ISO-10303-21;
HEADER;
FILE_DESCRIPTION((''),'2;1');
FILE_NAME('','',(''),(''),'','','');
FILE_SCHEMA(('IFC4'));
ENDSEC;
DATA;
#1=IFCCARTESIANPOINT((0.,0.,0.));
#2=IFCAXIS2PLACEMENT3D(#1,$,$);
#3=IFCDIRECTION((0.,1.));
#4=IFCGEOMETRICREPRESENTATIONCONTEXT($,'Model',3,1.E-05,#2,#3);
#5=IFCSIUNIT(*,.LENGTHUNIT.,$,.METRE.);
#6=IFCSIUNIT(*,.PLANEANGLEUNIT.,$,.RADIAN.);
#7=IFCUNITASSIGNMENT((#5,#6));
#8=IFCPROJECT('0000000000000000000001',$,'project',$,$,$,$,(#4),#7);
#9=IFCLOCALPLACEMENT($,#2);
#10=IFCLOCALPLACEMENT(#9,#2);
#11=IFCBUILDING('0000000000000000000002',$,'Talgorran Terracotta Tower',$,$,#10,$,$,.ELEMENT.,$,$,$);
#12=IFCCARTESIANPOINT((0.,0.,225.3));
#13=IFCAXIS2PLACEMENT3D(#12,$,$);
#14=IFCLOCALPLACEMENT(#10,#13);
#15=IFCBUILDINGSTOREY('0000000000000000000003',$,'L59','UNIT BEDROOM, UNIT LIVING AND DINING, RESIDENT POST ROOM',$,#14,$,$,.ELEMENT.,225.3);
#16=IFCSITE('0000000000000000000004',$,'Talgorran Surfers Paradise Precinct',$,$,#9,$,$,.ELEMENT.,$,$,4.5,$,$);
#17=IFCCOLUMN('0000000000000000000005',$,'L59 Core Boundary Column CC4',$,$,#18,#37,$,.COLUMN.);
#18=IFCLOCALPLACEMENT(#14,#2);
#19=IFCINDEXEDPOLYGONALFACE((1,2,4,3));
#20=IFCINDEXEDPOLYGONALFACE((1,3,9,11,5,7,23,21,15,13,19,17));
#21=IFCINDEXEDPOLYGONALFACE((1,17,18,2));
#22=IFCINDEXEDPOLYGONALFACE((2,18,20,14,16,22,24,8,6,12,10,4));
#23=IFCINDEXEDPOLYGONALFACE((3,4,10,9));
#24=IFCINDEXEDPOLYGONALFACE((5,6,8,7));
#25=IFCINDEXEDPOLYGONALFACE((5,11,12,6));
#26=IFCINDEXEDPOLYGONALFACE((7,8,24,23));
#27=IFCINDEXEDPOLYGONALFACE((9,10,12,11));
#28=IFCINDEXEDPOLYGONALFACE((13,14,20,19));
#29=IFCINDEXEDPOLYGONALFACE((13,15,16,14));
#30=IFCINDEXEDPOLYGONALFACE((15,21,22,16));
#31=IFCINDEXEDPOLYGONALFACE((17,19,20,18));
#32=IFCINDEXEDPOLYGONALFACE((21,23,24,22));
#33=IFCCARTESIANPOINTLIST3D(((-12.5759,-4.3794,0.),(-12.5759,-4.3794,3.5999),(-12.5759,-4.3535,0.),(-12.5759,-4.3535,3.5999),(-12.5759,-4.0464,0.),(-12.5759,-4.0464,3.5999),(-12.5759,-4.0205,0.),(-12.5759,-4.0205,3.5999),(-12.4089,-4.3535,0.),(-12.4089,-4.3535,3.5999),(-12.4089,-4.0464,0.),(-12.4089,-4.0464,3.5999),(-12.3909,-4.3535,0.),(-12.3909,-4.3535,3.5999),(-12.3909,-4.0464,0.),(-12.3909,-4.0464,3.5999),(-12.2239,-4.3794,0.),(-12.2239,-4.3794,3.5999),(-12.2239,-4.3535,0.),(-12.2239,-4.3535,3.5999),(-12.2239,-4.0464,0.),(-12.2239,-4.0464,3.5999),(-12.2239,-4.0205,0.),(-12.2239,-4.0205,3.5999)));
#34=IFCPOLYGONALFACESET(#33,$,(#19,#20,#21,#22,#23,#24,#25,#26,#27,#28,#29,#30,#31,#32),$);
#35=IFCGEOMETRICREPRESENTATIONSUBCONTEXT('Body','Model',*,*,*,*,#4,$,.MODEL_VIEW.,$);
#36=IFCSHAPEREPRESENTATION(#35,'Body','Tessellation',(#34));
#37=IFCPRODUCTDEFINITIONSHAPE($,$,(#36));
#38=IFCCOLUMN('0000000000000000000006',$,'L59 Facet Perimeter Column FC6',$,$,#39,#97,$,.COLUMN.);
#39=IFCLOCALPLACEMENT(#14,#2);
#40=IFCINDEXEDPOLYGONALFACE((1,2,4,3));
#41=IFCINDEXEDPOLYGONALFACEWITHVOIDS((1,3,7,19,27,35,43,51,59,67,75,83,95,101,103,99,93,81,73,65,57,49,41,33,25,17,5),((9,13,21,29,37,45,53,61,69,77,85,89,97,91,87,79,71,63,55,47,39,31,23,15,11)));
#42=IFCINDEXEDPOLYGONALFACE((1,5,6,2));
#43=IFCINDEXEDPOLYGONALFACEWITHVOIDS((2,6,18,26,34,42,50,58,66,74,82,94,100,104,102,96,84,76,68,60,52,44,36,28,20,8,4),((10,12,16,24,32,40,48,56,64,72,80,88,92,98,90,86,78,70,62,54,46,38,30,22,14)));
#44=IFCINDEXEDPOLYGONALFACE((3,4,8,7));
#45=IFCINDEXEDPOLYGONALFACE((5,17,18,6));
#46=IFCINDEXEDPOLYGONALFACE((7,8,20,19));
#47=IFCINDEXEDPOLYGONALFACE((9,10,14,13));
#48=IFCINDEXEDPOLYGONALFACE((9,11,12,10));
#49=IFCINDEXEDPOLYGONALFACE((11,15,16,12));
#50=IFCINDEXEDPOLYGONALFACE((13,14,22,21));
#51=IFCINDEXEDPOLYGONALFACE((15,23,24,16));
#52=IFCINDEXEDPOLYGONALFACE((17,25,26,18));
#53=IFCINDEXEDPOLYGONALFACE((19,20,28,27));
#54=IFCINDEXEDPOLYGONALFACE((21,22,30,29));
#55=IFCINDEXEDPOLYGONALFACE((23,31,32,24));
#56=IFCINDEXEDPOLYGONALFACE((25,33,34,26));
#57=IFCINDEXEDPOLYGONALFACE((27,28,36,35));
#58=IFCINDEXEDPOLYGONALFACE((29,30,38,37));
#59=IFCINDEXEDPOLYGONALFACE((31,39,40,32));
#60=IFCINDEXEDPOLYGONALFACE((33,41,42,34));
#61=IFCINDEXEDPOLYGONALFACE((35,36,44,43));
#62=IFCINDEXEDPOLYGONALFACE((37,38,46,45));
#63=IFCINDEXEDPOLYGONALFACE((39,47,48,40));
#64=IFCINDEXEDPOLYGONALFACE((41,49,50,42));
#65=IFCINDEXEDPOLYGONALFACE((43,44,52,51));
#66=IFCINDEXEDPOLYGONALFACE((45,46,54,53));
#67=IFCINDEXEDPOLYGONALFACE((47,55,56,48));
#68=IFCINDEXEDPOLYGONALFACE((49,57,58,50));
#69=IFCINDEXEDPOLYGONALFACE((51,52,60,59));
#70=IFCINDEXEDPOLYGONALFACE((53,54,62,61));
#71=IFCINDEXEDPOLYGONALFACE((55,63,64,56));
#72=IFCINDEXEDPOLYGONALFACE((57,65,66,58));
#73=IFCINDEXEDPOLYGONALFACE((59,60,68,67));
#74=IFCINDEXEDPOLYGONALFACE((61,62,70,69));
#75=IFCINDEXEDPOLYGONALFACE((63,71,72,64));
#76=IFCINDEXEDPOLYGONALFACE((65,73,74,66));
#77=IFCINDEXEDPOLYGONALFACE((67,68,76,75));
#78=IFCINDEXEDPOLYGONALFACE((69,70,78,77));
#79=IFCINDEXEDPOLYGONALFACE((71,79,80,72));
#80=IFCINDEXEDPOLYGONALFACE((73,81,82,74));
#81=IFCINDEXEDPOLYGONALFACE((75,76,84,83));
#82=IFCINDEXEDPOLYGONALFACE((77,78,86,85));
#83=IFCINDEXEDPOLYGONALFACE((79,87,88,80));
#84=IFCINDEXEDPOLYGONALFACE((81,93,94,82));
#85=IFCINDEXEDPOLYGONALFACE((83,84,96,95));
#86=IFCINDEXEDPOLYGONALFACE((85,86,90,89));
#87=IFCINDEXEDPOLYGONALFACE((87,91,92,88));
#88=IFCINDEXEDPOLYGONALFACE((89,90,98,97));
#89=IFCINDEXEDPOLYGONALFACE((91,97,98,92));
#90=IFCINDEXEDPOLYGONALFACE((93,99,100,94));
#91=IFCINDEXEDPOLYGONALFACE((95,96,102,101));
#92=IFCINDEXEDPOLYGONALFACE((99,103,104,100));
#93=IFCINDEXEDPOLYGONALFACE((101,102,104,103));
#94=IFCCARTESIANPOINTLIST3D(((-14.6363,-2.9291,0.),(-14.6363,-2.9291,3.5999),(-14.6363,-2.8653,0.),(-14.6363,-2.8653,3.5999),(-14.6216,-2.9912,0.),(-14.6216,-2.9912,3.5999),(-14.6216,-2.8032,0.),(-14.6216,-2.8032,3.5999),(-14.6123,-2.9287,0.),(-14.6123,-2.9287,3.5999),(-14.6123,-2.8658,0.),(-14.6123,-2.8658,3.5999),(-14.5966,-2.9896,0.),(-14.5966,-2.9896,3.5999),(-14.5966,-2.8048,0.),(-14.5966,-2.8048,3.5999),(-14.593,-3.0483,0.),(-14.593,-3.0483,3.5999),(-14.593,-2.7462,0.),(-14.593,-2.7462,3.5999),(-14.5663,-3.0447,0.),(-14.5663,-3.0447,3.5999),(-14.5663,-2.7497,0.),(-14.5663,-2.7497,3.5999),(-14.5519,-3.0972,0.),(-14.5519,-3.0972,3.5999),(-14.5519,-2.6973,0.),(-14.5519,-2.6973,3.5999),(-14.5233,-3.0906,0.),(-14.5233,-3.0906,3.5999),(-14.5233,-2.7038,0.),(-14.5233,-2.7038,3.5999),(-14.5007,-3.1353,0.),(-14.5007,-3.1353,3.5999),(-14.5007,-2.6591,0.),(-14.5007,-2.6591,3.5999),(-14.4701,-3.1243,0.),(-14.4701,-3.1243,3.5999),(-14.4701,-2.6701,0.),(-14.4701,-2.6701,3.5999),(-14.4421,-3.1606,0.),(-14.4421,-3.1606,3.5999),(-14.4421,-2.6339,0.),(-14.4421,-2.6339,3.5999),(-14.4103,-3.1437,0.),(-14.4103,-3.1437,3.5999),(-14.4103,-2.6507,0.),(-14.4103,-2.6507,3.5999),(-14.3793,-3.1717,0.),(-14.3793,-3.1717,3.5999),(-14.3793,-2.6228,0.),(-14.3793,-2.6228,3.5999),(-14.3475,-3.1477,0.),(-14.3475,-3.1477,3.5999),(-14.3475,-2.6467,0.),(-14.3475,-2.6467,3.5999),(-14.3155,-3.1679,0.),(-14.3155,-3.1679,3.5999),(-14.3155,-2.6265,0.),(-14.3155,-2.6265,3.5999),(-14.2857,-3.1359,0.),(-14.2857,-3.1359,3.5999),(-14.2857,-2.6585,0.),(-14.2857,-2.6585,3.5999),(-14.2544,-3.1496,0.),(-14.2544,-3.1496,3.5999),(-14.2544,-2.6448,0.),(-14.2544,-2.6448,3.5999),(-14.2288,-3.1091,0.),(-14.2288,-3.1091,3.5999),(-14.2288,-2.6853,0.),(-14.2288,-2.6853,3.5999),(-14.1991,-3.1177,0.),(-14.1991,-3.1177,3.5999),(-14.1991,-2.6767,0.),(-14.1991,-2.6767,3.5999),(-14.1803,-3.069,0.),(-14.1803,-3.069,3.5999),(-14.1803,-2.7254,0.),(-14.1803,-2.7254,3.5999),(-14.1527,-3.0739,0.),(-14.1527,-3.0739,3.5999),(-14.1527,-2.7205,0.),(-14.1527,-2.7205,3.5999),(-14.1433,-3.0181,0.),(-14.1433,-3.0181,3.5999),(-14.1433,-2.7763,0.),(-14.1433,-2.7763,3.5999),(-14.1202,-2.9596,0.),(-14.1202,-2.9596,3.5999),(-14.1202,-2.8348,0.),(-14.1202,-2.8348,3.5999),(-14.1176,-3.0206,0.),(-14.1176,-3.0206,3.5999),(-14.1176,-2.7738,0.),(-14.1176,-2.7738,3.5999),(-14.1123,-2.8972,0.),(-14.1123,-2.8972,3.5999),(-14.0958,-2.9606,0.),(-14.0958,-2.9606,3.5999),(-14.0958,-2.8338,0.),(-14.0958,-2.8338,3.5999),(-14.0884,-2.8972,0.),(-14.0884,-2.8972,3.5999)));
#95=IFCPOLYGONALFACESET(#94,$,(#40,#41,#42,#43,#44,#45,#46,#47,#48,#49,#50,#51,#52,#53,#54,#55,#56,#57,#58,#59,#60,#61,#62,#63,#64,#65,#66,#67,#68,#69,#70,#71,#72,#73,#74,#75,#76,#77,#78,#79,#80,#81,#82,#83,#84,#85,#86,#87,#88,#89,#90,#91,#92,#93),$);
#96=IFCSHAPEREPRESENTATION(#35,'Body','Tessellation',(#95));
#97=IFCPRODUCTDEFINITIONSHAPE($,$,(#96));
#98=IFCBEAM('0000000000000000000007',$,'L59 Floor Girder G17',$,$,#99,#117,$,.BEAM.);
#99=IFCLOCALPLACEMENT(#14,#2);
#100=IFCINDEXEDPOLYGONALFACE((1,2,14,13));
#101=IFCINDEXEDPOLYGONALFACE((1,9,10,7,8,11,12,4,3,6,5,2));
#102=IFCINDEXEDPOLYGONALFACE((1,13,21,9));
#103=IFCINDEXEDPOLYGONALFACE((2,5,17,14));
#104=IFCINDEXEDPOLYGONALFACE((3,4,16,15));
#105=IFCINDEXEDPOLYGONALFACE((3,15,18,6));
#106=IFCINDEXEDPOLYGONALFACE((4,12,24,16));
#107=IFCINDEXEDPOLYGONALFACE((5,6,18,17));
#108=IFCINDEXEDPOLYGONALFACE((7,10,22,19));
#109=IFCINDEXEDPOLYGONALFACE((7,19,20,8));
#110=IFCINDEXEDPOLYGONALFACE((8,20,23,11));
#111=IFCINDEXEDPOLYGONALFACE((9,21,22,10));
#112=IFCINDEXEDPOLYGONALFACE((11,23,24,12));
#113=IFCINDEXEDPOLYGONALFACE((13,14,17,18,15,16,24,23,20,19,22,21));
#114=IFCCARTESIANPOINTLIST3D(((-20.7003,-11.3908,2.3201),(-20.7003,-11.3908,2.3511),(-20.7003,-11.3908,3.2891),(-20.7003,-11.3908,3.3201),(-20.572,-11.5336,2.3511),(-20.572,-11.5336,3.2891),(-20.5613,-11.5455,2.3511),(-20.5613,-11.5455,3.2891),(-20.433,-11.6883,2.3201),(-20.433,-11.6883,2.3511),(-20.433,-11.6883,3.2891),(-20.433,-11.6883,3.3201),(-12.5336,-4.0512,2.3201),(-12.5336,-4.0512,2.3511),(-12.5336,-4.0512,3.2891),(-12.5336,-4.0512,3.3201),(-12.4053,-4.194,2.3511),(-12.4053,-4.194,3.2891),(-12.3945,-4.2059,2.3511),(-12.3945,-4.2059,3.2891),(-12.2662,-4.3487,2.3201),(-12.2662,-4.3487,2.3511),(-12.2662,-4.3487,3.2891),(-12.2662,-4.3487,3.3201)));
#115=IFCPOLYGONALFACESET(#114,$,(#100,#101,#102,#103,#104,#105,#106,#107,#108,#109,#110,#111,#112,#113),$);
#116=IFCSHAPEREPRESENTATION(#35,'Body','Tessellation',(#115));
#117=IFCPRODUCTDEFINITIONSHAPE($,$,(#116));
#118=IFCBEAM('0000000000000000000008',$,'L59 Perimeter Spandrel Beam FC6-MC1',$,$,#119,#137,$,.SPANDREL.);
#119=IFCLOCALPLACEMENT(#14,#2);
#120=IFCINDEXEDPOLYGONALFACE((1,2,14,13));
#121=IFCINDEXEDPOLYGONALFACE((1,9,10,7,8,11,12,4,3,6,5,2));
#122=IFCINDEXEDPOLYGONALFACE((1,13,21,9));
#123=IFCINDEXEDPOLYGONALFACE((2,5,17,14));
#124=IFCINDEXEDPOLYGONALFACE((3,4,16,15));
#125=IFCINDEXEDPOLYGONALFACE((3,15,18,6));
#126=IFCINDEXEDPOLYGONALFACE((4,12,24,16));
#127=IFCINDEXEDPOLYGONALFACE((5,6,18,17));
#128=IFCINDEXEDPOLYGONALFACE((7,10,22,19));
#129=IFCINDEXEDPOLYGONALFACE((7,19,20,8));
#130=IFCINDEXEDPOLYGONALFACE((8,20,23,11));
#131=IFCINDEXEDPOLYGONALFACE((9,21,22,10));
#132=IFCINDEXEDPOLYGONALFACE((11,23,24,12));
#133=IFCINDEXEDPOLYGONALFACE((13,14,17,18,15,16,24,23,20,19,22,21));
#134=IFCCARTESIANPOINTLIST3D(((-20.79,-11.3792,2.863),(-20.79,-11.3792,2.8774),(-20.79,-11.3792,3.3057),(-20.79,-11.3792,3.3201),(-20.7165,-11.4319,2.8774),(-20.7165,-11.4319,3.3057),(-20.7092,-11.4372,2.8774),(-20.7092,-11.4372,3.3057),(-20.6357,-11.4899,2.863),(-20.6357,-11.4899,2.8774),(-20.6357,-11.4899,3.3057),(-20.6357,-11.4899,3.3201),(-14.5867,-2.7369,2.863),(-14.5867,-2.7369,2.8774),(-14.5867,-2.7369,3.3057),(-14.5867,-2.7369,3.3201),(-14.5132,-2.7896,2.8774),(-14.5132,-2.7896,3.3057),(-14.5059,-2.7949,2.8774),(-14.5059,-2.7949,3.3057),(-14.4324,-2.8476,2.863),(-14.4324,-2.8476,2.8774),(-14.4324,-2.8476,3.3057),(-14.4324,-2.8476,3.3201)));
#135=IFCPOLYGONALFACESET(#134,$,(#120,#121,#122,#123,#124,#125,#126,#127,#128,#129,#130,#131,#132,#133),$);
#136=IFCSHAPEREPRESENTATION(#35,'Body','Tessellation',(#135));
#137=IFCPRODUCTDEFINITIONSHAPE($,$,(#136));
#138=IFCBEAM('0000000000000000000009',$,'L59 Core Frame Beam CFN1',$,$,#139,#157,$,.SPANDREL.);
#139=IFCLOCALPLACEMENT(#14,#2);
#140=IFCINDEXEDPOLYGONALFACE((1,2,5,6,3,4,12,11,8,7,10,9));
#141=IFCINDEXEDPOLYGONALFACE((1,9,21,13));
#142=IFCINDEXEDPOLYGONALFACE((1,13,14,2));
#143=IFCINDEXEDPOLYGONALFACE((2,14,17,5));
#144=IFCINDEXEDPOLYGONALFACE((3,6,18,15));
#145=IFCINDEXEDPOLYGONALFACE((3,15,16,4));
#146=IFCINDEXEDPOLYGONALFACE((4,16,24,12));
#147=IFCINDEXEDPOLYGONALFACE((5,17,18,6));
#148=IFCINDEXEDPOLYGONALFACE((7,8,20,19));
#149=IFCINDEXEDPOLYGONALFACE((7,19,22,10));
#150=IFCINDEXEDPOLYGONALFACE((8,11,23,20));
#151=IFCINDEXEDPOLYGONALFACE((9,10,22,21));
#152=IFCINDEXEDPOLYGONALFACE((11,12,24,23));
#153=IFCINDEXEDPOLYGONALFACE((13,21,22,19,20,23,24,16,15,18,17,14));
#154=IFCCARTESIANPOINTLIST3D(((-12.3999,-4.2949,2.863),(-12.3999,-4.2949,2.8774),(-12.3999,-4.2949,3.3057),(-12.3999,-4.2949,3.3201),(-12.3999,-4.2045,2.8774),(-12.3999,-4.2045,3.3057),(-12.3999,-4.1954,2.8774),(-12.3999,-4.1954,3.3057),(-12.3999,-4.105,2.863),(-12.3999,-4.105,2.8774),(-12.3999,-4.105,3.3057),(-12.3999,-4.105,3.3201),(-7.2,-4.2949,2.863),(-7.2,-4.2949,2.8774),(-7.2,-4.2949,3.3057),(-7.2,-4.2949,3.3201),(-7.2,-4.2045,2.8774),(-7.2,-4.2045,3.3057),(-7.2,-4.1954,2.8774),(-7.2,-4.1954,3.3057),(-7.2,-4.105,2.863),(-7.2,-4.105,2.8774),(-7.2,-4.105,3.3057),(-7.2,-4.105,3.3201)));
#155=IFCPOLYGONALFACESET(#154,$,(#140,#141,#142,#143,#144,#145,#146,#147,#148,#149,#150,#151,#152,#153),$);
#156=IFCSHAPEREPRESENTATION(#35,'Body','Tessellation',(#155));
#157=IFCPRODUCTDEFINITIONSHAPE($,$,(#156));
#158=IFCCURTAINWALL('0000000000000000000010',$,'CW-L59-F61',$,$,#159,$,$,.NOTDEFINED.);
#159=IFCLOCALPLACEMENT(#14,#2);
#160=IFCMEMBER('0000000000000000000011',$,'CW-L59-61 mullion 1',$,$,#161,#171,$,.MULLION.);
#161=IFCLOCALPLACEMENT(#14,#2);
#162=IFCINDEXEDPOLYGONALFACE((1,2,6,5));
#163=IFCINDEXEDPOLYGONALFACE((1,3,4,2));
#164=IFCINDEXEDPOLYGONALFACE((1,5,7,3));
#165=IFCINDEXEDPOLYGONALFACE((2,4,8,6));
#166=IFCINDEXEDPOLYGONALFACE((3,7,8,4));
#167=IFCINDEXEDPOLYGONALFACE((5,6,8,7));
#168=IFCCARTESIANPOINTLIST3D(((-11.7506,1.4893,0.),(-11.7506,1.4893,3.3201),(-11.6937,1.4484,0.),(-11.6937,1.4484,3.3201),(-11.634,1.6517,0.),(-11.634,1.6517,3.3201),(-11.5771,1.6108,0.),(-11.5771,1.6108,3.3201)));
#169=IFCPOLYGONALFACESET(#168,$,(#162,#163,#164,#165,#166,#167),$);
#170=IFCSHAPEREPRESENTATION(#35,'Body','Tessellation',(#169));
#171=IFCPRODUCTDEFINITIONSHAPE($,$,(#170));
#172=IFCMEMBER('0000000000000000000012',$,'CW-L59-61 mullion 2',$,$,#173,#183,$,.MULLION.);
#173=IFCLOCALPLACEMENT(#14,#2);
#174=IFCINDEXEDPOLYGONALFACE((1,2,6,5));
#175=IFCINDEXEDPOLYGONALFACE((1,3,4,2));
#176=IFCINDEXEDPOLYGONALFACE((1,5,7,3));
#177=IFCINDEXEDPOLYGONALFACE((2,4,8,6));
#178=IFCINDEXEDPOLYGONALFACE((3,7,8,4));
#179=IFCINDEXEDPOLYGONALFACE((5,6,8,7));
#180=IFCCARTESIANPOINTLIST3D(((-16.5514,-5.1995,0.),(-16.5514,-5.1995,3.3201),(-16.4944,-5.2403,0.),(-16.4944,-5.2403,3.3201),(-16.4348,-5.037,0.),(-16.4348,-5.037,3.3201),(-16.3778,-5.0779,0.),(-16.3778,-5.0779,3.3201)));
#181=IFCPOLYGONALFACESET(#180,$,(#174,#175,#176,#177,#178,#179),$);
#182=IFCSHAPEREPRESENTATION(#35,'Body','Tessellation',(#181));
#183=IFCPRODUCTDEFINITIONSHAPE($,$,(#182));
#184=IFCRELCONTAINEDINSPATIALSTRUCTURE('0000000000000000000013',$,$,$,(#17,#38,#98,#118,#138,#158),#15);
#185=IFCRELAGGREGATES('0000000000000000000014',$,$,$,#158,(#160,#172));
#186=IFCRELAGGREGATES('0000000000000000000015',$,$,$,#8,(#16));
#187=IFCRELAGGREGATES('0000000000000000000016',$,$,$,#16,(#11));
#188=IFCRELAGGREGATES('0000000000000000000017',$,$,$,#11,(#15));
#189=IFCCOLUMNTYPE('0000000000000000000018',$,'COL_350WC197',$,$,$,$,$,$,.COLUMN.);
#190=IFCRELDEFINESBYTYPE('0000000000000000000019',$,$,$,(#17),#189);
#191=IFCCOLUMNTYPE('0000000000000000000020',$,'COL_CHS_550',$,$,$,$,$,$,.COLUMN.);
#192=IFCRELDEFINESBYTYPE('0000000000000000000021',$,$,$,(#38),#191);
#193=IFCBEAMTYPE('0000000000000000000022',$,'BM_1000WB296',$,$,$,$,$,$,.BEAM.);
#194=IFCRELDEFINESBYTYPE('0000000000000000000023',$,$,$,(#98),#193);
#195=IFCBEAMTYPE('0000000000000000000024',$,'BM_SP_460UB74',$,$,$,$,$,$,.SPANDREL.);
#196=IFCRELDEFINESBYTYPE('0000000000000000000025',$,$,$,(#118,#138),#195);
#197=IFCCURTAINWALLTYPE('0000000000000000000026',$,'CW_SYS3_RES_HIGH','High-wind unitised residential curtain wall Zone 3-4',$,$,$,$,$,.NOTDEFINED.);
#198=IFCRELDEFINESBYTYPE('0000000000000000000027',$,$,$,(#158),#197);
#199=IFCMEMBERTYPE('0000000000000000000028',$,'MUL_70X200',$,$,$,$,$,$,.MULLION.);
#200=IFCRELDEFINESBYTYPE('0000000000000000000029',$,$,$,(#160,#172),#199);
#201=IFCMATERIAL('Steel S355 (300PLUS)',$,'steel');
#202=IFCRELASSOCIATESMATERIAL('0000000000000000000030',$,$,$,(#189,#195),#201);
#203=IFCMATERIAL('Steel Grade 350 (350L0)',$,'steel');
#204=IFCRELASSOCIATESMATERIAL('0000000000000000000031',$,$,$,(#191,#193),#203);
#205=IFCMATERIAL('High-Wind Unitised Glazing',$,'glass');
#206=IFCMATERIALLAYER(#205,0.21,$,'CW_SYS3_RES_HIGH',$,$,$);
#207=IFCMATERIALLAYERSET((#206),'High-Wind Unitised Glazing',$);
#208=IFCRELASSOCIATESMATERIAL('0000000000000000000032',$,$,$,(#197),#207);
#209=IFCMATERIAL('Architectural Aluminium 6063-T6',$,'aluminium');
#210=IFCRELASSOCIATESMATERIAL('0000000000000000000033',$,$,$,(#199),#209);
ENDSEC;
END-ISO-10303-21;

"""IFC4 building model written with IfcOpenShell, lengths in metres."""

from ifc_helpers import new_model, si_unit, direction, frame, origin, origin_2d, place, context, subcontext, project, spatial, rectangle, hollow_circle, i_section, extrude, material, layer, layer_set, material_profile, profile_set, type_object, element, aggregate, save


model = new_model("IFC4")

# Units and contexts
model_context = context("Model", 3, precision=1e-05, world=origin(), true_north=direction((0.0, 1.0)))
body_context = subcontext(model_context, "Body", "Model", "MODEL_VIEW")
ifc_project = project(units=[si_unit("LENGTHUNIT", "METRE"), si_unit("PLANEANGLEUNIT", "RADIAN")], contexts=[model_context])

# Site, building, storey
site_placement = place(None, origin())
site = spatial("IfcSite", under=ifc_project, at=site_placement, Name="Talgorran Surfers Paradise Precinct", CompositionType="ELEMENT", RefElevation=4.5)
building_placement = place(site_placement, origin())
building = spatial("IfcBuilding", under=site, at=building_placement, Name="Talgorran Terracotta Tower", CompositionType="ELEMENT")
storey_placement = place(building_placement, frame((0.0, 0.0, 225.3)))
storey = spatial("IfcBuildingStorey", under=building, at=storey_placement, Name="L59", Description="UNIT BEDROOM, UNIT LIVING AND DINING, RESIDENT POST ROOM", CompositionType="ELEMENT", Elevation=225.3)

# Columns
ifc_material_1 = material(Name="Steel S355 (300PLUS)", Category="steel")
ifc_material_profile_1 = material_profile(ifc_material_1, i_section(OverallWidth=0.3521, OverallDepth=0.3589, WebThickness=0.0181, FlangeThickness=0.0259, at=origin_2d()), Name="350WC197")
ifc_profile_set_1 = profile_set([ifc_material_profile_1], Name="Steel S355 (300PLUS)")
column_type_1 = type_object("IfcColumnType", Name="COL_350WC197", PredefinedType="COLUMN", material=ifc_profile_set_1)
column_1_placement = place(storey_placement, frame((-12.3999, -4.2, 0.0), z_axis=(0.0, 0.0, 1.0), x_axis=(1.0, 0.0, 0.0)))
element("IfcColumn", 1, at=column_1_placement, inside=storey, type_object=column_type_1, Name="L59 Core Boundary Column CC4", PredefinedType="COLUMN", context=body_context, shape_type="SweptSolid", body=[
    extrude(i_section(OverallWidth=0.3521, OverallDepth=0.3589, WebThickness=0.0181, FlangeThickness=0.0259, at=origin_2d()), origin(), (0.0, 0.0, 1.0), 3.5999),
])
ifc_material_2 = material(Name="Steel Grade 350 (350L0)", Category="steel")
ifc_material_profile_2 = material_profile(ifc_material_2, hollow_circle(Radius=0.2749, WallThickness=0.0239, at=origin_2d()), Name="CHS550X24")
ifc_profile_set_2 = profile_set([ifc_material_profile_2], Name="Steel Grade 350 (350L0)")
column_type_2 = type_object("IfcColumnType", Name="COL_CHS_550", PredefinedType="COLUMN", material=ifc_profile_set_2)
column_2_placement = place(storey_placement, frame((-14.3633, -2.8972, 0.0), z_axis=(0.0, 0.0, 1.0), x_axis=(1.0, 0.0, 0.0)))
element("IfcColumn", 2, at=column_2_placement, inside=storey, type_object=column_type_2, Name="L59 Facet Perimeter Column FC6", PredefinedType="COLUMN", context=body_context, shape_type="SweptSolid", body=[
    extrude(hollow_circle(Radius=0.2749, WallThickness=0.0239, at=origin_2d()), origin(), (0.0, 0.0, 1.0), 3.5999),
])

# Beams
ifc_material_profile_3 = material_profile(ifc_material_2, i_section(OverallWidth=0.3999, OverallDepth=1.0, WebThickness=0.0161, FlangeThickness=0.031, at=origin_2d()), Name="1000WB296")
ifc_profile_set_3 = profile_set([ifc_material_profile_3], Name="Steel Grade 350 (350L0)")
beam_type_1 = type_object("IfcBeamType", Name="BM_1000WB296", PredefinedType="BEAM", material=ifc_profile_set_3)
beam_1_placement = place(storey_placement, frame((-12.3999, -4.2, 2.8201), z_axis=(-0.743768, -0.668438, 0.0), x_axis=(0.668438, -0.743768, 0.0)))
element("IfcBeam", 3, at=beam_1_placement, inside=storey, type_object=beam_type_1, Name="L59 Floor Girder G17", PredefinedType="BEAM", context=body_context, shape_type="SweptSolid", body=[
    extrude(i_section(OverallWidth=0.3999, OverallDepth=1.0, WebThickness=0.0161, FlangeThickness=0.031, at=origin_2d()), origin(), (0.0, 0.0, 1.0), 10.9802),
])
ifc_material_profile_4 = material_profile(ifc_material_1, i_section(OverallWidth=0.1899, OverallDepth=0.457, WebThickness=0.009, FlangeThickness=0.0144, at=origin_2d()), Name="460UB74.6")
ifc_profile_set_4 = profile_set([ifc_material_profile_4], Name="Steel S355 (300PLUS)")
beam_type_2 = type_object("IfcBeamType", Name="BM_SP_460UB74", PredefinedType="SPANDREL", material=ifc_profile_set_4)
beam_2_placement = place(storey_placement, frame((-14.5095, -2.7922, 3.0916), z_axis=(-0.583121, -0.812385, 0.0), x_axis=(0.812385, -0.583121, 0.0)))
element("IfcBeam", 4, at=beam_2_placement, inside=storey, type_object=beam_type_2, Name="L59 Perimeter Spandrel Beam FC6-MC1", PredefinedType="SPANDREL", context=body_context, shape_type="SweptSolid", body=[
    extrude(i_section(OverallWidth=0.1899, OverallDepth=0.457, WebThickness=0.009, FlangeThickness=0.0144, at=origin_2d()), origin(), (0.0, 0.0, 1.0), 10.6382),
])
beam_3_placement = place(storey_placement, frame((-12.3999, -4.2, 3.0916), z_axis=(1.0, 0.0, 0.0), x_axis=(0.0, 1.0, 0.0)))
element("IfcBeam", 5, at=beam_3_placement, inside=storey, type_object=beam_type_2, Name="L59 Core Frame Beam CFN1", PredefinedType="SPANDREL", context=body_context, shape_type="SweptSolid", body=[
    extrude(i_section(OverallWidth=0.1899, OverallDepth=0.457, WebThickness=0.009, FlangeThickness=0.0144, at=origin_2d()), origin(), (0.0, 0.0, 1.0), 5.2),
])

# Curtain wall, members
ifc_material_3 = material(Name="High-Wind Unitised Glazing", Category="glass")
ifc_layer_1 = layer(ifc_material_3, 0.21, Name="CW_SYS3_RES_HIGH")
ifc_layer_set_1 = layer_set([ifc_layer_1], Name="High-Wind Unitised Glazing")
curtain_wall_type = type_object("IfcCurtainWallType", Name="CW_SYS3_RES_HIGH", Description="High-wind unitised residential curtain wall Zone 3-4", PredefinedType="NOTDEFINED", material=ifc_layer_set_1)
curtain_wall_1_placement = place(storey_placement, origin())
curtain_wall_1 = element("IfcCurtainWall", 6, at=curtain_wall_1_placement, inside=storey, type_object=curtain_wall_type, Name="CW-L59-F61", PredefinedType="NOTDEFINED")
ifc_material_4 = material(Name="Architectural Aluminium 6063-T6", Category="aluminium")
ifc_material_profile_5 = material_profile(ifc_material_4, rectangle(XDim=0.0701, YDim=0.2, at=origin_2d()), Name="CWM70X200")
ifc_profile_set_5 = profile_set([ifc_material_profile_5], Name="Architectural Aluminium 6063-T6")
member_type_1 = type_object("IfcMemberType", Name="MUL_70X200", PredefinedType="MULLION", material=ifc_profile_set_5)
member_1_placement = place(storey_placement, frame((-11.6638, 1.55, 0.0), z_axis=(0.0, 0.0, 1.0), x_axis=(0.812388, -0.583118, 0.0)))
member_1 = element("IfcMember", 7, at=member_1_placement, type_object=member_type_1, Name="CW-L59-61 mullion 1", PredefinedType="MULLION", context=body_context, shape_type="SweptSolid", body=[
    extrude(rectangle(XDim=0.0701, YDim=0.2, at=origin_2d()), origin(), (0.0, 0.0, 1.0), 3.3201),
])
member_2_placement = place(storey_placement, frame((-16.4646, -5.1387, 0.0), z_axis=(0.0, 0.0, 1.0), x_axis=(0.812388, -0.583118, 0.0)))
member_2 = element("IfcMember", 8, at=member_2_placement, type_object=member_type_1, Name="CW-L59-61 mullion 2", PredefinedType="MULLION", context=body_context, shape_type="SweptSolid", body=[
    extrude(rectangle(XDim=0.0701, YDim=0.2, at=origin_2d()), origin(), (0.0, 0.0, 1.0), 3.3201),
])

aggregate(curtain_wall_1, [member_1, member_2])

save(model, "model.ifc")
